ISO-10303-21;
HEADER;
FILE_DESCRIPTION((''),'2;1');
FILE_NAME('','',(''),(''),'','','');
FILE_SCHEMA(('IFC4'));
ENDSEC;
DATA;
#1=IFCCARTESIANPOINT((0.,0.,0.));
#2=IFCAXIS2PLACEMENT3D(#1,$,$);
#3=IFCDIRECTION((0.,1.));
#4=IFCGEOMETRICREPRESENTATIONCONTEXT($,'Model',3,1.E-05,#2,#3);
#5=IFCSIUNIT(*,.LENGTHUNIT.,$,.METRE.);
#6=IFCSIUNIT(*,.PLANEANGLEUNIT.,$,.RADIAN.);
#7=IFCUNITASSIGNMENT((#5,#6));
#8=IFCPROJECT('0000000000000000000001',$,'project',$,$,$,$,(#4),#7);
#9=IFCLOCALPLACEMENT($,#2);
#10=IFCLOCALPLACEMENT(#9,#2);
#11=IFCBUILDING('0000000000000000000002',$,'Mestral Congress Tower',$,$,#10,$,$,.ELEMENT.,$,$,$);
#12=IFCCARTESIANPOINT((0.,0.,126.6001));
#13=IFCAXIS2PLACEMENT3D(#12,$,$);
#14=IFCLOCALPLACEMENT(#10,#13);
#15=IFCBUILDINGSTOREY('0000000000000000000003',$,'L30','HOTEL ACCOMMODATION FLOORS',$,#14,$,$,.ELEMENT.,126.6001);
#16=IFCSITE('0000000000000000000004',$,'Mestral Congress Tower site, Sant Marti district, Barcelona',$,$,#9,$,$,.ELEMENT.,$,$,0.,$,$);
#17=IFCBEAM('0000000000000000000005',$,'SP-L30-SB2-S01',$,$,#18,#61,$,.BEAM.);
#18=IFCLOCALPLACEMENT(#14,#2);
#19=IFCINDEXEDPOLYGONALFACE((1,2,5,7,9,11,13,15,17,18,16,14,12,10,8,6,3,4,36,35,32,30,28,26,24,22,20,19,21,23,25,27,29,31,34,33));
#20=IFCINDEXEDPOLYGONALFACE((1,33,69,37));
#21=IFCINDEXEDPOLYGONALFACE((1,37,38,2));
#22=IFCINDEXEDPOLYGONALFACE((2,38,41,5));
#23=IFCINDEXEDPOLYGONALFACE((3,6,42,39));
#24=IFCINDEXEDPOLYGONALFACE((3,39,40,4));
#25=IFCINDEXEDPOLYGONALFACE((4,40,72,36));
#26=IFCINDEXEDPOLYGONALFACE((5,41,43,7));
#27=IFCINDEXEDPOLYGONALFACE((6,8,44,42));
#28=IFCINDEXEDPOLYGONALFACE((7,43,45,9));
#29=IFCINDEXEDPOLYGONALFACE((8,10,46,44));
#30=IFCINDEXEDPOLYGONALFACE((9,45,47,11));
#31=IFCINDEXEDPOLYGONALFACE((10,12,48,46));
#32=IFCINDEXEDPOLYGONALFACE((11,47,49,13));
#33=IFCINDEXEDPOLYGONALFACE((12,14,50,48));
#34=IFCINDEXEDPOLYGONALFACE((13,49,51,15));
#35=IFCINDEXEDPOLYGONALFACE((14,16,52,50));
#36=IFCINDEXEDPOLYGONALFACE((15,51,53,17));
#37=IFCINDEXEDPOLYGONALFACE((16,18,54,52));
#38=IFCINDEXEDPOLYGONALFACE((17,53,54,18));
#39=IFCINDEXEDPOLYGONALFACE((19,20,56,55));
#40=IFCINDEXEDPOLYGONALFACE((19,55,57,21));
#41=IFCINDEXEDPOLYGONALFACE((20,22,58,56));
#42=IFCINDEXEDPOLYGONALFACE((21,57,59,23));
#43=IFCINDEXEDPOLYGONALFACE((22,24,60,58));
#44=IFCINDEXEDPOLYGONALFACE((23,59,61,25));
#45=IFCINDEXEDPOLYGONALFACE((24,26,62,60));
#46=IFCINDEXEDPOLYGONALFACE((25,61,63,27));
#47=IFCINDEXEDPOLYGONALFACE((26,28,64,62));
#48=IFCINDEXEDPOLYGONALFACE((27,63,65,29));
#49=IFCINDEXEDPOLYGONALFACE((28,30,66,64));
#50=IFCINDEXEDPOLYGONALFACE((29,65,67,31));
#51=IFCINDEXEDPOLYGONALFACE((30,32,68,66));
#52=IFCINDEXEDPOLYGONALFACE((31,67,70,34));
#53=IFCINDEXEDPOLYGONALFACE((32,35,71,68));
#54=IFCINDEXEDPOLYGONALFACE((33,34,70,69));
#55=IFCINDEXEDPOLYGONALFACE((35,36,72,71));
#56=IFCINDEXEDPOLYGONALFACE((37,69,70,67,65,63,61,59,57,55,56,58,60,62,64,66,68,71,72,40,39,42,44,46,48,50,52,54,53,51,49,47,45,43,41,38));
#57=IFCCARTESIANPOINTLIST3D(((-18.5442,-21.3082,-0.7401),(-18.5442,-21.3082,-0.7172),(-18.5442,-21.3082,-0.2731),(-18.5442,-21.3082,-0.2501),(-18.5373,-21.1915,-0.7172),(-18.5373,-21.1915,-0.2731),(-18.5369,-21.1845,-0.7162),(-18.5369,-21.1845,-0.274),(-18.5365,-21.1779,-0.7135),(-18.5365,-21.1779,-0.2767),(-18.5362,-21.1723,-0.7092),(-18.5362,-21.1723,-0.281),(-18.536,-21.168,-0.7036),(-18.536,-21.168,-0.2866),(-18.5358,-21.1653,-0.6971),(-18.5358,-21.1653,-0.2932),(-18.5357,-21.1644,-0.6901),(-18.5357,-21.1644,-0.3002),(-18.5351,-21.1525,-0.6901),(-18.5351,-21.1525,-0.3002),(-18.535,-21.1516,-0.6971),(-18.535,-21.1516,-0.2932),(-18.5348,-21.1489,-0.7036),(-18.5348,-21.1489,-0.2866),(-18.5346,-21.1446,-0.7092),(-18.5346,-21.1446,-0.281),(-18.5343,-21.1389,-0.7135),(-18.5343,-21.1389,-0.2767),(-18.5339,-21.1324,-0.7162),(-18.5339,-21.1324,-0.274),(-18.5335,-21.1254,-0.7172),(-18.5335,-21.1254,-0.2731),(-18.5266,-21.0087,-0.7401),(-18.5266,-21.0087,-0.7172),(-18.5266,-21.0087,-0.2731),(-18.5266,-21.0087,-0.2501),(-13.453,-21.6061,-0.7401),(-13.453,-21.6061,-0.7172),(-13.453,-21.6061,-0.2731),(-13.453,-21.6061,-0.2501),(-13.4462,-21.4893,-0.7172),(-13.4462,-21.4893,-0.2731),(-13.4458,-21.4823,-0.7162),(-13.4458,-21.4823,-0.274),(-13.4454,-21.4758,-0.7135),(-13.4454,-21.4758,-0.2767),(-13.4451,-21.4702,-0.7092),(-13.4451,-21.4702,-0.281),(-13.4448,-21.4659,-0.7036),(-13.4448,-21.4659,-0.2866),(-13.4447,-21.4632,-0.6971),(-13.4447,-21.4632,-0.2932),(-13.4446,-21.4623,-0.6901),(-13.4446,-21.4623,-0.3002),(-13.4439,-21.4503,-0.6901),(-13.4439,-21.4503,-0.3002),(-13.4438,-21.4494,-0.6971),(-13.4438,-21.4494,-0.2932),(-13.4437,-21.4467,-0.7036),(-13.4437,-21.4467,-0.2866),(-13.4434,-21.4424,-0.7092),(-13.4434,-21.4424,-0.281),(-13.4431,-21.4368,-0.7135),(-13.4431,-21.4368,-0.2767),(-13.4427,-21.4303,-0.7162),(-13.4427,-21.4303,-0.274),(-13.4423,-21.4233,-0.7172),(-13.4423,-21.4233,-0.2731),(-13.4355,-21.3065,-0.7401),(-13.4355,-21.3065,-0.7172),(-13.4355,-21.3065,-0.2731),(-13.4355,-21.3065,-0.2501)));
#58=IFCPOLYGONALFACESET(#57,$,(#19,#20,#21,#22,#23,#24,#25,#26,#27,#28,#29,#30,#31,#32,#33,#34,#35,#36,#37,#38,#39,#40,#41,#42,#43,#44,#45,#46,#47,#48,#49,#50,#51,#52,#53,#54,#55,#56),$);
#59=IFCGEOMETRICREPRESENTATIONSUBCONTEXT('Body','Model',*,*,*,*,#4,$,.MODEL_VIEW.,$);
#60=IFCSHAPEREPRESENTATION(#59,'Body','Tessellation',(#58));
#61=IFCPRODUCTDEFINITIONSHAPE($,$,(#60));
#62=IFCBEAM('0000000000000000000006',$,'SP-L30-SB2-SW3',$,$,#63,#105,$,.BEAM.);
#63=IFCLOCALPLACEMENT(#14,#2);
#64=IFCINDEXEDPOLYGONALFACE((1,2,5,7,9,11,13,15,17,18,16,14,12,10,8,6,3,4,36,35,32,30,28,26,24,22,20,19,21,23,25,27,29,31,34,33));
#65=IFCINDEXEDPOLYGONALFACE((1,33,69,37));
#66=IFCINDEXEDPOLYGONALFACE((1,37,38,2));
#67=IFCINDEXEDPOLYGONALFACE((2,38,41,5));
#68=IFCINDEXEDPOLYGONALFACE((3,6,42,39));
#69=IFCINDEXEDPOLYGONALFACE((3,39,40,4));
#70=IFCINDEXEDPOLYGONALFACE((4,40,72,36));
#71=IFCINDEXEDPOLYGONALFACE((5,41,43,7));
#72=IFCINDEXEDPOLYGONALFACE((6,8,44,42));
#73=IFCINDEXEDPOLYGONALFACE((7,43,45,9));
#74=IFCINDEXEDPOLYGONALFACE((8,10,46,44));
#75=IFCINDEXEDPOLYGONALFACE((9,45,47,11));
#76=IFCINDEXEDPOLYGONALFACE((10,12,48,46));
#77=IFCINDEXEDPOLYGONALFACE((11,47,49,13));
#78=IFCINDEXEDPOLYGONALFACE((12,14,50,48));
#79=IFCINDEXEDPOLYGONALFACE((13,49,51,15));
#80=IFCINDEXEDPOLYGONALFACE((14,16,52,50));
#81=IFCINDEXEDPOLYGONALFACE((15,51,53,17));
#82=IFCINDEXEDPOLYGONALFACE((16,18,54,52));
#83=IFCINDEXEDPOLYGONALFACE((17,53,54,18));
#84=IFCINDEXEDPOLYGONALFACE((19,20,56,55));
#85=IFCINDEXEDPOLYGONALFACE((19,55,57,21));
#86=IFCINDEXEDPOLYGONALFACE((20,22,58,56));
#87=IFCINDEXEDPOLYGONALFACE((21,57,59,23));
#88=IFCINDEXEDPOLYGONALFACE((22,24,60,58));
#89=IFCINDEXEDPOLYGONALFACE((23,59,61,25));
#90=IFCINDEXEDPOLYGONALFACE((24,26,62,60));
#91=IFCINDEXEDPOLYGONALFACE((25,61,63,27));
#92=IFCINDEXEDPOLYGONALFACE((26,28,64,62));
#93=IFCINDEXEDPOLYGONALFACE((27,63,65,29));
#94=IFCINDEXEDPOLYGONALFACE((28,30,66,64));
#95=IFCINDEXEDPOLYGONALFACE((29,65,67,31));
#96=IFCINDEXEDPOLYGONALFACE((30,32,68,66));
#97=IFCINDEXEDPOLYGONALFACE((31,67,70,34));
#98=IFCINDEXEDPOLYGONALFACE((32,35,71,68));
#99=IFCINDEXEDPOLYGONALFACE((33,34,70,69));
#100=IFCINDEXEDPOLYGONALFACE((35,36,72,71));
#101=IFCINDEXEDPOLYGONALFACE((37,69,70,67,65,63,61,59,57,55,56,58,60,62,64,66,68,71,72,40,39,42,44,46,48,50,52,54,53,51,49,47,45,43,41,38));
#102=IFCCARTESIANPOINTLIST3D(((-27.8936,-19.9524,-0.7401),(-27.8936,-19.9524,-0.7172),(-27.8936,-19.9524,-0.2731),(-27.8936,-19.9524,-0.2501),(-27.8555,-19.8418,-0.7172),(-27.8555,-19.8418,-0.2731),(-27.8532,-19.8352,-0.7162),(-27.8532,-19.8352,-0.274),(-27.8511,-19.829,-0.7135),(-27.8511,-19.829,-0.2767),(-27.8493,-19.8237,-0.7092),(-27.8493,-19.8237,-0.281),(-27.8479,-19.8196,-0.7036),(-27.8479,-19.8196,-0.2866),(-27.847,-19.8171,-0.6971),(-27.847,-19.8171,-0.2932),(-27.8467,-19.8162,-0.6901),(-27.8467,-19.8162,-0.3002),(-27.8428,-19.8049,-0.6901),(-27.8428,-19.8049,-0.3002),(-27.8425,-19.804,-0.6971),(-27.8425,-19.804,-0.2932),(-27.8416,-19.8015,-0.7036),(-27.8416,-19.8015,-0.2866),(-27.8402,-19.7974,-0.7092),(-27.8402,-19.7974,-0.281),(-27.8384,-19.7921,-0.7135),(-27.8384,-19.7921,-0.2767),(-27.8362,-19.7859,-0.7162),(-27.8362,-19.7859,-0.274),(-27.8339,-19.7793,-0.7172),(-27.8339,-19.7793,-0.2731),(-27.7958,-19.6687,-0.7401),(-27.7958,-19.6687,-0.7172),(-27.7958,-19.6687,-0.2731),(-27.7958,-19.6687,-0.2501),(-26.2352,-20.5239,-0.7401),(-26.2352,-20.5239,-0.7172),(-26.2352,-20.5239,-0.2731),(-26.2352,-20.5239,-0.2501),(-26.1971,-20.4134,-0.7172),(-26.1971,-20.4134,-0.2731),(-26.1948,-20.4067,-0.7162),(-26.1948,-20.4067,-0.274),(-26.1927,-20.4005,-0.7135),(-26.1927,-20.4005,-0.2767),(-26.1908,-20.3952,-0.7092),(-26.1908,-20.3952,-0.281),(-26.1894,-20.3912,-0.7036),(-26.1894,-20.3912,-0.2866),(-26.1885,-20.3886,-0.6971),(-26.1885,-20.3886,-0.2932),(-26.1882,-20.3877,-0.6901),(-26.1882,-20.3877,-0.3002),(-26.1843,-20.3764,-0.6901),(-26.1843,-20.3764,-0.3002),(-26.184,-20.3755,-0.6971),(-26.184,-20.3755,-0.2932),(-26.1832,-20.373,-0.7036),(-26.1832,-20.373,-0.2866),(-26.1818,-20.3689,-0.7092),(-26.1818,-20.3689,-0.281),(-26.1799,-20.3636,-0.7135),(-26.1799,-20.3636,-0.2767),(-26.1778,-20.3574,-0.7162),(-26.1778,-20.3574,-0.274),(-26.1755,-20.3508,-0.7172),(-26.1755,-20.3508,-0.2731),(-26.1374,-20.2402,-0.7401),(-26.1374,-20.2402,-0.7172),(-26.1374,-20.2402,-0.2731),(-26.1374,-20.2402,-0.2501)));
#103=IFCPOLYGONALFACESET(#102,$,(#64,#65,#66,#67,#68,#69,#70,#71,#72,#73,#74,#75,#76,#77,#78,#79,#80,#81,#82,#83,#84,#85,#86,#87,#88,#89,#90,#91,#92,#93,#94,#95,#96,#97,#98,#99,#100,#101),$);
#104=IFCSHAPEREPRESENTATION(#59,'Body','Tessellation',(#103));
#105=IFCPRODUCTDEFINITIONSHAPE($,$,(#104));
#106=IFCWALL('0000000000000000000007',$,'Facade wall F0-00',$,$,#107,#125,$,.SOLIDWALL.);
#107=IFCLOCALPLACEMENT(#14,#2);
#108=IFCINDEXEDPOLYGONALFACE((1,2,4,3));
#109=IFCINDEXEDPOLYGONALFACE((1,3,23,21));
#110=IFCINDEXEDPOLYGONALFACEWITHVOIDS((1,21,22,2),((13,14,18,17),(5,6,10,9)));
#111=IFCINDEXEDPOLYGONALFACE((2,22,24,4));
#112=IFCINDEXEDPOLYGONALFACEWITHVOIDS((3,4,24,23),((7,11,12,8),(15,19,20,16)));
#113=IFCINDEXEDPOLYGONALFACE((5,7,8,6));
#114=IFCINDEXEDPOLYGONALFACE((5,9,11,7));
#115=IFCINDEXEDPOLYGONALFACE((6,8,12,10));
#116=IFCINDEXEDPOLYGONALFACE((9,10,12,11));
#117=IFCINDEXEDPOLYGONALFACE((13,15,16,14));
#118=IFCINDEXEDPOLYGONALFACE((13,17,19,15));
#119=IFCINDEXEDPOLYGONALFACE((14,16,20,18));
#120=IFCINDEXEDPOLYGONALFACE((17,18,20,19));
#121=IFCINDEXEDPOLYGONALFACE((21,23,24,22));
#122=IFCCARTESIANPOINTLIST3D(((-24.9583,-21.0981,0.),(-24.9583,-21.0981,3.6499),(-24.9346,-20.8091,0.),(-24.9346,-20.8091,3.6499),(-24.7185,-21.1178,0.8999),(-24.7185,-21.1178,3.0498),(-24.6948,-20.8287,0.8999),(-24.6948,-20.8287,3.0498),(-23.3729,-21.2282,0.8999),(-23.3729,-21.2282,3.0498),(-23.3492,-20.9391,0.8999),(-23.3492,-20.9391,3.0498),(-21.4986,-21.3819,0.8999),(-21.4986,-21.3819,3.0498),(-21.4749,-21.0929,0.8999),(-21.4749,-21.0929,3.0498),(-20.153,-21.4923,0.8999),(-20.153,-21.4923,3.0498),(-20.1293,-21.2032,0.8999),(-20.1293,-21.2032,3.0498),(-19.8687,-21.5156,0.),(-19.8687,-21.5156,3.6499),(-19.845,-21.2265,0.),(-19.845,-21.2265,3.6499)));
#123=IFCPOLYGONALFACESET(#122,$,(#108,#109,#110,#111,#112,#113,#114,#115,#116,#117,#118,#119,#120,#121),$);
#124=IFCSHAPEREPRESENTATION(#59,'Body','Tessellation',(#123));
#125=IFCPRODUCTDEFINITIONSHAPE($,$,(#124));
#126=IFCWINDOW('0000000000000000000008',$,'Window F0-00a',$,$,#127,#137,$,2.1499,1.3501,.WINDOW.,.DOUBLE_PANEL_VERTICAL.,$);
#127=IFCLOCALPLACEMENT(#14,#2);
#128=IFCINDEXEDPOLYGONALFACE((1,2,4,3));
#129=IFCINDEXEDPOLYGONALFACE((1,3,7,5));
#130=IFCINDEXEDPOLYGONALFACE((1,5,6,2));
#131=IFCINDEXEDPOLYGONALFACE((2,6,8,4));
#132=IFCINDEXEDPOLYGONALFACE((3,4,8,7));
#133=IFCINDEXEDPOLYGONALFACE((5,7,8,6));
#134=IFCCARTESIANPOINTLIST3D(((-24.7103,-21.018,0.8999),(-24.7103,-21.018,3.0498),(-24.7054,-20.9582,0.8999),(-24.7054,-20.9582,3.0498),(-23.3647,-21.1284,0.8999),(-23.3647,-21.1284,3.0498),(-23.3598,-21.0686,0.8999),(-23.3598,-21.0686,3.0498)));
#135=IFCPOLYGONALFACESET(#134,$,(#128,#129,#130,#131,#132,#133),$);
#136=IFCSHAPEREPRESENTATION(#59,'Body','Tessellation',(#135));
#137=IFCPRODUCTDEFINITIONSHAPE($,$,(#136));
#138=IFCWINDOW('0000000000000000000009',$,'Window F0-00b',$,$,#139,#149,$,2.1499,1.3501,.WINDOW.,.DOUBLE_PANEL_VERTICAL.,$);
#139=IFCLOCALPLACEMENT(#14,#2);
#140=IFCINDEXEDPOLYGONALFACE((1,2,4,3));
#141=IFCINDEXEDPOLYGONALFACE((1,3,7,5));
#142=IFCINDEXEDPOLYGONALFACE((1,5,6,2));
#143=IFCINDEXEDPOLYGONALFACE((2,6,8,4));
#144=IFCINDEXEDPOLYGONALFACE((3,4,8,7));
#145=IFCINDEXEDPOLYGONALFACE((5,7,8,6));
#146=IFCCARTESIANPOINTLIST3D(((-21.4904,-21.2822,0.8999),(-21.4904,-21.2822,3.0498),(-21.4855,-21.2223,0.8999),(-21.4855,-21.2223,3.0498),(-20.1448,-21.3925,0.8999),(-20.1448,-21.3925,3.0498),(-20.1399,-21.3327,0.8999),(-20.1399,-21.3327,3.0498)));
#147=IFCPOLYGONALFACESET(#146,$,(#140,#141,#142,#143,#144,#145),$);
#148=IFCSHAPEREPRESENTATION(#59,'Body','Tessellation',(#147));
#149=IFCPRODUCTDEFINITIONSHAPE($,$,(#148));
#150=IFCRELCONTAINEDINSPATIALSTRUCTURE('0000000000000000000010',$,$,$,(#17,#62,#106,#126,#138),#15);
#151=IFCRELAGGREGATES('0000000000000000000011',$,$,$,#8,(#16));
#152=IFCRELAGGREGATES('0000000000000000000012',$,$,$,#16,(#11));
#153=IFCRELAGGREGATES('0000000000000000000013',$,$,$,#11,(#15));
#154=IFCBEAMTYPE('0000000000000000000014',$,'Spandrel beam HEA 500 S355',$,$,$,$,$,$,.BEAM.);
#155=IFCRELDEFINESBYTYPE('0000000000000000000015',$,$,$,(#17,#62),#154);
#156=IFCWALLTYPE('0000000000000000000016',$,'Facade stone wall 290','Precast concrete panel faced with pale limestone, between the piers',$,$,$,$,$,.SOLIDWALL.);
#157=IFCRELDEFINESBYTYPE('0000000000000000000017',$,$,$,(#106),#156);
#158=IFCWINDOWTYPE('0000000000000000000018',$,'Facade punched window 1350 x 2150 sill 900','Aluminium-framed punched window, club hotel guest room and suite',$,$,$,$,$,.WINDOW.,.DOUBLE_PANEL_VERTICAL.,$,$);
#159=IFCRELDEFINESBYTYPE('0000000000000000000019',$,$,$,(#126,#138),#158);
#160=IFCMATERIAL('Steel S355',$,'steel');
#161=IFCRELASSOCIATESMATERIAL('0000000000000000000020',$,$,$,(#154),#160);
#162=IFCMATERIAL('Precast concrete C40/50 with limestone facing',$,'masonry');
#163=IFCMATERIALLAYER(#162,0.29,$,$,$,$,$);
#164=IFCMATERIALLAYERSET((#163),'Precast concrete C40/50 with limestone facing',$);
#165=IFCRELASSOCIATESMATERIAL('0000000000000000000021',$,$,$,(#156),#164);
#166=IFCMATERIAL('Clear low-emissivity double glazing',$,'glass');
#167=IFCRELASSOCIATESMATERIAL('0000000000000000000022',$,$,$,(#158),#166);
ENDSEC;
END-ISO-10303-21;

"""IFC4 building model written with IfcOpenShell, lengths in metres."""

from ifc_helpers import new_model, si_unit, direction, frame, frame_2d, origin, origin_2d, place, context, subcontext, project, spatial, rectangle, i_section, extrude, material, layer, layer_set, material_profile, profile_set, type_object, element, fill, save


model = new_model("IFC4")

# Units and contexts
model_context = context("Model", 3, precision=1e-05, world=origin(), true_north=direction((0.0, 1.0)))
body_context = subcontext(model_context, "Body", "Model", "MODEL_VIEW")
ifc_project = project(units=[si_unit("LENGTHUNIT", "METRE"), si_unit("PLANEANGLEUNIT", "RADIAN")], contexts=[model_context])

# Site, building, storey
site_placement = place(None, origin())
site = spatial("IfcSite", under=ifc_project, at=site_placement, Name="Mestral Congress Tower site, Sant Marti district, Barcelona", CompositionType="ELEMENT", RefElevation=0.0)
building_placement = place(site_placement, origin())
building = spatial("IfcBuilding", under=site, at=building_placement, Name="Mestral Congress Tower", CompositionType="ELEMENT")
storey_placement = place(building_placement, frame((0.0, 0.0, 126.6001)))
storey = spatial("IfcBuildingStorey", under=building, at=storey_placement, Name="L30", Description="HOTEL ACCOMMODATION FLOORS", CompositionType="ELEMENT", Elevation=126.6001)

# Beams
ifc_material_1 = material(Name="Steel S355", Category="steel")
ifc_material_profile_1 = material_profile(ifc_material_1, i_section(OverallWidth=0.3, OverallDepth=0.49, WebThickness=0.012, FlangeThickness=0.0229, FilletRadius=0.0271, at=origin_2d()), Name="HEA 500")
ifc_profile_set_1 = profile_set([ifc_material_profile_1], Name="Steel S355")
beam_type_1 = type_object("IfcBeamType", Name="Spandrel beam HEA 500 S355", PredefinedType="BEAM", material=ifc_profile_set_1)
beam_1_placement = place(storey_placement, frame((-18.5354, -21.1584, -0.4951), z_axis=(0.998293, -0.058405, 0.0), x_axis=(0.058405, 0.998293, 0.0)))
element("IfcBeam", 1, at=beam_1_placement, inside=storey, type_object=beam_type_1, Name="SP-L30-SB2-S01", PredefinedType="BEAM", context=body_context, shape_type="SweptSolid", body=[
    extrude(i_section(OverallWidth=0.3, OverallDepth=0.49, WebThickness=0.012, FlangeThickness=0.0229, FilletRadius=0.0271, at=origin_2d()), origin(), (0.0, 0.0, 1.0), 5.0999),
])
beam_2_placement = place(storey_placement, frame((-27.8447, -19.8105, -0.4951), z_axis=(0.945434, -0.325815, 0.0), x_axis=(0.325815, 0.945434, 0.0)))
element("IfcBeam", 2, at=beam_2_placement, inside=storey, type_object=beam_type_1, Name="SP-L30-SB2-SW3", PredefinedType="BEAM", context=body_context, shape_type="SweptSolid", body=[
    extrude(i_section(OverallWidth=0.3, OverallDepth=0.49, WebThickness=0.012, FlangeThickness=0.0229, FilletRadius=0.0271, at=origin_2d()), origin(), (0.0, 0.0, 1.0), 1.7542),
])

# Wall, openings, windows
ifc_material_2 = material(Name="Precast concrete C40/50 with limestone facing", Category="masonry")
ifc_layer_1 = layer(ifc_material_2, 0.29)
ifc_layer_set_1 = layer_set([ifc_layer_1], Name="Precast concrete C40/50 with limestone facing")
wall_type_1 = type_object("IfcWallType", Name="Facade stone wall 290", Description="Precast concrete panel faced with pale limestone, between the piers", PredefinedType="SOLIDWALL", material=ifc_layer_set_1)
wall_1_placement = place(storey_placement, frame((-24.9463, -20.9536, 0.0), z_axis=(0.0, 0.0, 1.0), x_axis=(0.996653, -0.081752, 0.0)))
wall_1 = element("IfcWall", 3, at=wall_1_placement, inside=storey, type_object=wall_type_1, Name="Facade wall F0-00", PredefinedType="SOLIDWALL", context=body_context, shape_type="SweptSolid", body=[
    extrude(rectangle(XDim=5.1067, YDim=0.29, at=frame_2d((2.5532, 0.0))), origin(), (0.0, 0.0, 1.0), 3.6499),
])
opening_1_placement = place(wall_1_placement, frame((0.2405, 0.0, 0.8999)))
opening_1 = element("IfcOpeningElement", 4, at=opening_1_placement, cuts=wall_1, PredefinedType="OPENING", context=body_context, shape_type="SweptSolid", body=[
    extrude(rectangle(XDim=1.3501, YDim=2.1499, at=frame_2d((0.675, 1.075))), frame((0.0, 0.155, 0.0), z_axis=(0.0, -1.0, 0.0), x_axis=(1.0, 0.0, 0.0)), (0.0, 0.0, 1.0), 0.3101),
])
opening_2_placement = place(wall_1_placement, frame((3.4712, 0.0, 0.8999)))
opening_2 = element("IfcOpeningElement", 5, at=opening_2_placement, cuts=wall_1, PredefinedType="OPENING", context=body_context, shape_type="SweptSolid", body=[
    extrude(rectangle(XDim=1.3501, YDim=2.1499, at=frame_2d((0.675, 1.075))), frame((0.0, 0.155, 0.0), z_axis=(0.0, -1.0, 0.0), x_axis=(1.0, 0.0, 0.0)), (0.0, 0.0, 1.0), 0.3101),
])
ifc_material_3 = material(Name="Clear low-emissivity double glazing", Category="glass")
window_type_1 = type_object("IfcWindowType", Name="Facade punched window 1350 x 2150 sill 900", Description="Aluminium-framed punched window, club hotel guest room and suite", PartitioningType="DOUBLE_PANEL_VERTICAL", PredefinedType="WINDOW", material=ifc_material_3)
window_1_placement = place(opening_1_placement, origin())
window_1 = element("IfcWindow", 6, at=window_1_placement, inside=storey, type_object=window_type_1, Name="Window F0-00a", OverallHeight=2.1499, OverallWidth=1.3501, PartitioningType="DOUBLE_PANEL_VERTICAL", PredefinedType="WINDOW", context=body_context, shape_type="SweptSolid", body=[
    extrude(rectangle(XDim=1.3501, YDim=2.1499, at=frame_2d((0.675, 1.075))), frame((0.0, 0.0151, 0.0), z_axis=(0.0, -1.0, 0.0), x_axis=(1.0, 0.0, 0.0)), (0.0, 0.0, 1.0), 0.0601),
])
fill(opening_1, window_1)
window_2_placement = place(opening_2_placement, origin())
window_2 = element("IfcWindow", 7, at=window_2_placement, inside=storey, type_object=window_type_1, Name="Window F0-00b", OverallHeight=2.1499, OverallWidth=1.3501, PartitioningType="DOUBLE_PANEL_VERTICAL", PredefinedType="WINDOW", context=body_context, shape_type="SweptSolid", body=[
    extrude(rectangle(XDim=1.3501, YDim=2.1499, at=frame_2d((0.675, 1.075))), frame((0.0, 0.0151, 0.0), z_axis=(0.0, -1.0, 0.0), x_axis=(1.0, 0.0, 0.0)), (0.0, 0.0, 1.0), 0.0601),
])
fill(opening_2, window_2)

save(model, "model.ifc")
